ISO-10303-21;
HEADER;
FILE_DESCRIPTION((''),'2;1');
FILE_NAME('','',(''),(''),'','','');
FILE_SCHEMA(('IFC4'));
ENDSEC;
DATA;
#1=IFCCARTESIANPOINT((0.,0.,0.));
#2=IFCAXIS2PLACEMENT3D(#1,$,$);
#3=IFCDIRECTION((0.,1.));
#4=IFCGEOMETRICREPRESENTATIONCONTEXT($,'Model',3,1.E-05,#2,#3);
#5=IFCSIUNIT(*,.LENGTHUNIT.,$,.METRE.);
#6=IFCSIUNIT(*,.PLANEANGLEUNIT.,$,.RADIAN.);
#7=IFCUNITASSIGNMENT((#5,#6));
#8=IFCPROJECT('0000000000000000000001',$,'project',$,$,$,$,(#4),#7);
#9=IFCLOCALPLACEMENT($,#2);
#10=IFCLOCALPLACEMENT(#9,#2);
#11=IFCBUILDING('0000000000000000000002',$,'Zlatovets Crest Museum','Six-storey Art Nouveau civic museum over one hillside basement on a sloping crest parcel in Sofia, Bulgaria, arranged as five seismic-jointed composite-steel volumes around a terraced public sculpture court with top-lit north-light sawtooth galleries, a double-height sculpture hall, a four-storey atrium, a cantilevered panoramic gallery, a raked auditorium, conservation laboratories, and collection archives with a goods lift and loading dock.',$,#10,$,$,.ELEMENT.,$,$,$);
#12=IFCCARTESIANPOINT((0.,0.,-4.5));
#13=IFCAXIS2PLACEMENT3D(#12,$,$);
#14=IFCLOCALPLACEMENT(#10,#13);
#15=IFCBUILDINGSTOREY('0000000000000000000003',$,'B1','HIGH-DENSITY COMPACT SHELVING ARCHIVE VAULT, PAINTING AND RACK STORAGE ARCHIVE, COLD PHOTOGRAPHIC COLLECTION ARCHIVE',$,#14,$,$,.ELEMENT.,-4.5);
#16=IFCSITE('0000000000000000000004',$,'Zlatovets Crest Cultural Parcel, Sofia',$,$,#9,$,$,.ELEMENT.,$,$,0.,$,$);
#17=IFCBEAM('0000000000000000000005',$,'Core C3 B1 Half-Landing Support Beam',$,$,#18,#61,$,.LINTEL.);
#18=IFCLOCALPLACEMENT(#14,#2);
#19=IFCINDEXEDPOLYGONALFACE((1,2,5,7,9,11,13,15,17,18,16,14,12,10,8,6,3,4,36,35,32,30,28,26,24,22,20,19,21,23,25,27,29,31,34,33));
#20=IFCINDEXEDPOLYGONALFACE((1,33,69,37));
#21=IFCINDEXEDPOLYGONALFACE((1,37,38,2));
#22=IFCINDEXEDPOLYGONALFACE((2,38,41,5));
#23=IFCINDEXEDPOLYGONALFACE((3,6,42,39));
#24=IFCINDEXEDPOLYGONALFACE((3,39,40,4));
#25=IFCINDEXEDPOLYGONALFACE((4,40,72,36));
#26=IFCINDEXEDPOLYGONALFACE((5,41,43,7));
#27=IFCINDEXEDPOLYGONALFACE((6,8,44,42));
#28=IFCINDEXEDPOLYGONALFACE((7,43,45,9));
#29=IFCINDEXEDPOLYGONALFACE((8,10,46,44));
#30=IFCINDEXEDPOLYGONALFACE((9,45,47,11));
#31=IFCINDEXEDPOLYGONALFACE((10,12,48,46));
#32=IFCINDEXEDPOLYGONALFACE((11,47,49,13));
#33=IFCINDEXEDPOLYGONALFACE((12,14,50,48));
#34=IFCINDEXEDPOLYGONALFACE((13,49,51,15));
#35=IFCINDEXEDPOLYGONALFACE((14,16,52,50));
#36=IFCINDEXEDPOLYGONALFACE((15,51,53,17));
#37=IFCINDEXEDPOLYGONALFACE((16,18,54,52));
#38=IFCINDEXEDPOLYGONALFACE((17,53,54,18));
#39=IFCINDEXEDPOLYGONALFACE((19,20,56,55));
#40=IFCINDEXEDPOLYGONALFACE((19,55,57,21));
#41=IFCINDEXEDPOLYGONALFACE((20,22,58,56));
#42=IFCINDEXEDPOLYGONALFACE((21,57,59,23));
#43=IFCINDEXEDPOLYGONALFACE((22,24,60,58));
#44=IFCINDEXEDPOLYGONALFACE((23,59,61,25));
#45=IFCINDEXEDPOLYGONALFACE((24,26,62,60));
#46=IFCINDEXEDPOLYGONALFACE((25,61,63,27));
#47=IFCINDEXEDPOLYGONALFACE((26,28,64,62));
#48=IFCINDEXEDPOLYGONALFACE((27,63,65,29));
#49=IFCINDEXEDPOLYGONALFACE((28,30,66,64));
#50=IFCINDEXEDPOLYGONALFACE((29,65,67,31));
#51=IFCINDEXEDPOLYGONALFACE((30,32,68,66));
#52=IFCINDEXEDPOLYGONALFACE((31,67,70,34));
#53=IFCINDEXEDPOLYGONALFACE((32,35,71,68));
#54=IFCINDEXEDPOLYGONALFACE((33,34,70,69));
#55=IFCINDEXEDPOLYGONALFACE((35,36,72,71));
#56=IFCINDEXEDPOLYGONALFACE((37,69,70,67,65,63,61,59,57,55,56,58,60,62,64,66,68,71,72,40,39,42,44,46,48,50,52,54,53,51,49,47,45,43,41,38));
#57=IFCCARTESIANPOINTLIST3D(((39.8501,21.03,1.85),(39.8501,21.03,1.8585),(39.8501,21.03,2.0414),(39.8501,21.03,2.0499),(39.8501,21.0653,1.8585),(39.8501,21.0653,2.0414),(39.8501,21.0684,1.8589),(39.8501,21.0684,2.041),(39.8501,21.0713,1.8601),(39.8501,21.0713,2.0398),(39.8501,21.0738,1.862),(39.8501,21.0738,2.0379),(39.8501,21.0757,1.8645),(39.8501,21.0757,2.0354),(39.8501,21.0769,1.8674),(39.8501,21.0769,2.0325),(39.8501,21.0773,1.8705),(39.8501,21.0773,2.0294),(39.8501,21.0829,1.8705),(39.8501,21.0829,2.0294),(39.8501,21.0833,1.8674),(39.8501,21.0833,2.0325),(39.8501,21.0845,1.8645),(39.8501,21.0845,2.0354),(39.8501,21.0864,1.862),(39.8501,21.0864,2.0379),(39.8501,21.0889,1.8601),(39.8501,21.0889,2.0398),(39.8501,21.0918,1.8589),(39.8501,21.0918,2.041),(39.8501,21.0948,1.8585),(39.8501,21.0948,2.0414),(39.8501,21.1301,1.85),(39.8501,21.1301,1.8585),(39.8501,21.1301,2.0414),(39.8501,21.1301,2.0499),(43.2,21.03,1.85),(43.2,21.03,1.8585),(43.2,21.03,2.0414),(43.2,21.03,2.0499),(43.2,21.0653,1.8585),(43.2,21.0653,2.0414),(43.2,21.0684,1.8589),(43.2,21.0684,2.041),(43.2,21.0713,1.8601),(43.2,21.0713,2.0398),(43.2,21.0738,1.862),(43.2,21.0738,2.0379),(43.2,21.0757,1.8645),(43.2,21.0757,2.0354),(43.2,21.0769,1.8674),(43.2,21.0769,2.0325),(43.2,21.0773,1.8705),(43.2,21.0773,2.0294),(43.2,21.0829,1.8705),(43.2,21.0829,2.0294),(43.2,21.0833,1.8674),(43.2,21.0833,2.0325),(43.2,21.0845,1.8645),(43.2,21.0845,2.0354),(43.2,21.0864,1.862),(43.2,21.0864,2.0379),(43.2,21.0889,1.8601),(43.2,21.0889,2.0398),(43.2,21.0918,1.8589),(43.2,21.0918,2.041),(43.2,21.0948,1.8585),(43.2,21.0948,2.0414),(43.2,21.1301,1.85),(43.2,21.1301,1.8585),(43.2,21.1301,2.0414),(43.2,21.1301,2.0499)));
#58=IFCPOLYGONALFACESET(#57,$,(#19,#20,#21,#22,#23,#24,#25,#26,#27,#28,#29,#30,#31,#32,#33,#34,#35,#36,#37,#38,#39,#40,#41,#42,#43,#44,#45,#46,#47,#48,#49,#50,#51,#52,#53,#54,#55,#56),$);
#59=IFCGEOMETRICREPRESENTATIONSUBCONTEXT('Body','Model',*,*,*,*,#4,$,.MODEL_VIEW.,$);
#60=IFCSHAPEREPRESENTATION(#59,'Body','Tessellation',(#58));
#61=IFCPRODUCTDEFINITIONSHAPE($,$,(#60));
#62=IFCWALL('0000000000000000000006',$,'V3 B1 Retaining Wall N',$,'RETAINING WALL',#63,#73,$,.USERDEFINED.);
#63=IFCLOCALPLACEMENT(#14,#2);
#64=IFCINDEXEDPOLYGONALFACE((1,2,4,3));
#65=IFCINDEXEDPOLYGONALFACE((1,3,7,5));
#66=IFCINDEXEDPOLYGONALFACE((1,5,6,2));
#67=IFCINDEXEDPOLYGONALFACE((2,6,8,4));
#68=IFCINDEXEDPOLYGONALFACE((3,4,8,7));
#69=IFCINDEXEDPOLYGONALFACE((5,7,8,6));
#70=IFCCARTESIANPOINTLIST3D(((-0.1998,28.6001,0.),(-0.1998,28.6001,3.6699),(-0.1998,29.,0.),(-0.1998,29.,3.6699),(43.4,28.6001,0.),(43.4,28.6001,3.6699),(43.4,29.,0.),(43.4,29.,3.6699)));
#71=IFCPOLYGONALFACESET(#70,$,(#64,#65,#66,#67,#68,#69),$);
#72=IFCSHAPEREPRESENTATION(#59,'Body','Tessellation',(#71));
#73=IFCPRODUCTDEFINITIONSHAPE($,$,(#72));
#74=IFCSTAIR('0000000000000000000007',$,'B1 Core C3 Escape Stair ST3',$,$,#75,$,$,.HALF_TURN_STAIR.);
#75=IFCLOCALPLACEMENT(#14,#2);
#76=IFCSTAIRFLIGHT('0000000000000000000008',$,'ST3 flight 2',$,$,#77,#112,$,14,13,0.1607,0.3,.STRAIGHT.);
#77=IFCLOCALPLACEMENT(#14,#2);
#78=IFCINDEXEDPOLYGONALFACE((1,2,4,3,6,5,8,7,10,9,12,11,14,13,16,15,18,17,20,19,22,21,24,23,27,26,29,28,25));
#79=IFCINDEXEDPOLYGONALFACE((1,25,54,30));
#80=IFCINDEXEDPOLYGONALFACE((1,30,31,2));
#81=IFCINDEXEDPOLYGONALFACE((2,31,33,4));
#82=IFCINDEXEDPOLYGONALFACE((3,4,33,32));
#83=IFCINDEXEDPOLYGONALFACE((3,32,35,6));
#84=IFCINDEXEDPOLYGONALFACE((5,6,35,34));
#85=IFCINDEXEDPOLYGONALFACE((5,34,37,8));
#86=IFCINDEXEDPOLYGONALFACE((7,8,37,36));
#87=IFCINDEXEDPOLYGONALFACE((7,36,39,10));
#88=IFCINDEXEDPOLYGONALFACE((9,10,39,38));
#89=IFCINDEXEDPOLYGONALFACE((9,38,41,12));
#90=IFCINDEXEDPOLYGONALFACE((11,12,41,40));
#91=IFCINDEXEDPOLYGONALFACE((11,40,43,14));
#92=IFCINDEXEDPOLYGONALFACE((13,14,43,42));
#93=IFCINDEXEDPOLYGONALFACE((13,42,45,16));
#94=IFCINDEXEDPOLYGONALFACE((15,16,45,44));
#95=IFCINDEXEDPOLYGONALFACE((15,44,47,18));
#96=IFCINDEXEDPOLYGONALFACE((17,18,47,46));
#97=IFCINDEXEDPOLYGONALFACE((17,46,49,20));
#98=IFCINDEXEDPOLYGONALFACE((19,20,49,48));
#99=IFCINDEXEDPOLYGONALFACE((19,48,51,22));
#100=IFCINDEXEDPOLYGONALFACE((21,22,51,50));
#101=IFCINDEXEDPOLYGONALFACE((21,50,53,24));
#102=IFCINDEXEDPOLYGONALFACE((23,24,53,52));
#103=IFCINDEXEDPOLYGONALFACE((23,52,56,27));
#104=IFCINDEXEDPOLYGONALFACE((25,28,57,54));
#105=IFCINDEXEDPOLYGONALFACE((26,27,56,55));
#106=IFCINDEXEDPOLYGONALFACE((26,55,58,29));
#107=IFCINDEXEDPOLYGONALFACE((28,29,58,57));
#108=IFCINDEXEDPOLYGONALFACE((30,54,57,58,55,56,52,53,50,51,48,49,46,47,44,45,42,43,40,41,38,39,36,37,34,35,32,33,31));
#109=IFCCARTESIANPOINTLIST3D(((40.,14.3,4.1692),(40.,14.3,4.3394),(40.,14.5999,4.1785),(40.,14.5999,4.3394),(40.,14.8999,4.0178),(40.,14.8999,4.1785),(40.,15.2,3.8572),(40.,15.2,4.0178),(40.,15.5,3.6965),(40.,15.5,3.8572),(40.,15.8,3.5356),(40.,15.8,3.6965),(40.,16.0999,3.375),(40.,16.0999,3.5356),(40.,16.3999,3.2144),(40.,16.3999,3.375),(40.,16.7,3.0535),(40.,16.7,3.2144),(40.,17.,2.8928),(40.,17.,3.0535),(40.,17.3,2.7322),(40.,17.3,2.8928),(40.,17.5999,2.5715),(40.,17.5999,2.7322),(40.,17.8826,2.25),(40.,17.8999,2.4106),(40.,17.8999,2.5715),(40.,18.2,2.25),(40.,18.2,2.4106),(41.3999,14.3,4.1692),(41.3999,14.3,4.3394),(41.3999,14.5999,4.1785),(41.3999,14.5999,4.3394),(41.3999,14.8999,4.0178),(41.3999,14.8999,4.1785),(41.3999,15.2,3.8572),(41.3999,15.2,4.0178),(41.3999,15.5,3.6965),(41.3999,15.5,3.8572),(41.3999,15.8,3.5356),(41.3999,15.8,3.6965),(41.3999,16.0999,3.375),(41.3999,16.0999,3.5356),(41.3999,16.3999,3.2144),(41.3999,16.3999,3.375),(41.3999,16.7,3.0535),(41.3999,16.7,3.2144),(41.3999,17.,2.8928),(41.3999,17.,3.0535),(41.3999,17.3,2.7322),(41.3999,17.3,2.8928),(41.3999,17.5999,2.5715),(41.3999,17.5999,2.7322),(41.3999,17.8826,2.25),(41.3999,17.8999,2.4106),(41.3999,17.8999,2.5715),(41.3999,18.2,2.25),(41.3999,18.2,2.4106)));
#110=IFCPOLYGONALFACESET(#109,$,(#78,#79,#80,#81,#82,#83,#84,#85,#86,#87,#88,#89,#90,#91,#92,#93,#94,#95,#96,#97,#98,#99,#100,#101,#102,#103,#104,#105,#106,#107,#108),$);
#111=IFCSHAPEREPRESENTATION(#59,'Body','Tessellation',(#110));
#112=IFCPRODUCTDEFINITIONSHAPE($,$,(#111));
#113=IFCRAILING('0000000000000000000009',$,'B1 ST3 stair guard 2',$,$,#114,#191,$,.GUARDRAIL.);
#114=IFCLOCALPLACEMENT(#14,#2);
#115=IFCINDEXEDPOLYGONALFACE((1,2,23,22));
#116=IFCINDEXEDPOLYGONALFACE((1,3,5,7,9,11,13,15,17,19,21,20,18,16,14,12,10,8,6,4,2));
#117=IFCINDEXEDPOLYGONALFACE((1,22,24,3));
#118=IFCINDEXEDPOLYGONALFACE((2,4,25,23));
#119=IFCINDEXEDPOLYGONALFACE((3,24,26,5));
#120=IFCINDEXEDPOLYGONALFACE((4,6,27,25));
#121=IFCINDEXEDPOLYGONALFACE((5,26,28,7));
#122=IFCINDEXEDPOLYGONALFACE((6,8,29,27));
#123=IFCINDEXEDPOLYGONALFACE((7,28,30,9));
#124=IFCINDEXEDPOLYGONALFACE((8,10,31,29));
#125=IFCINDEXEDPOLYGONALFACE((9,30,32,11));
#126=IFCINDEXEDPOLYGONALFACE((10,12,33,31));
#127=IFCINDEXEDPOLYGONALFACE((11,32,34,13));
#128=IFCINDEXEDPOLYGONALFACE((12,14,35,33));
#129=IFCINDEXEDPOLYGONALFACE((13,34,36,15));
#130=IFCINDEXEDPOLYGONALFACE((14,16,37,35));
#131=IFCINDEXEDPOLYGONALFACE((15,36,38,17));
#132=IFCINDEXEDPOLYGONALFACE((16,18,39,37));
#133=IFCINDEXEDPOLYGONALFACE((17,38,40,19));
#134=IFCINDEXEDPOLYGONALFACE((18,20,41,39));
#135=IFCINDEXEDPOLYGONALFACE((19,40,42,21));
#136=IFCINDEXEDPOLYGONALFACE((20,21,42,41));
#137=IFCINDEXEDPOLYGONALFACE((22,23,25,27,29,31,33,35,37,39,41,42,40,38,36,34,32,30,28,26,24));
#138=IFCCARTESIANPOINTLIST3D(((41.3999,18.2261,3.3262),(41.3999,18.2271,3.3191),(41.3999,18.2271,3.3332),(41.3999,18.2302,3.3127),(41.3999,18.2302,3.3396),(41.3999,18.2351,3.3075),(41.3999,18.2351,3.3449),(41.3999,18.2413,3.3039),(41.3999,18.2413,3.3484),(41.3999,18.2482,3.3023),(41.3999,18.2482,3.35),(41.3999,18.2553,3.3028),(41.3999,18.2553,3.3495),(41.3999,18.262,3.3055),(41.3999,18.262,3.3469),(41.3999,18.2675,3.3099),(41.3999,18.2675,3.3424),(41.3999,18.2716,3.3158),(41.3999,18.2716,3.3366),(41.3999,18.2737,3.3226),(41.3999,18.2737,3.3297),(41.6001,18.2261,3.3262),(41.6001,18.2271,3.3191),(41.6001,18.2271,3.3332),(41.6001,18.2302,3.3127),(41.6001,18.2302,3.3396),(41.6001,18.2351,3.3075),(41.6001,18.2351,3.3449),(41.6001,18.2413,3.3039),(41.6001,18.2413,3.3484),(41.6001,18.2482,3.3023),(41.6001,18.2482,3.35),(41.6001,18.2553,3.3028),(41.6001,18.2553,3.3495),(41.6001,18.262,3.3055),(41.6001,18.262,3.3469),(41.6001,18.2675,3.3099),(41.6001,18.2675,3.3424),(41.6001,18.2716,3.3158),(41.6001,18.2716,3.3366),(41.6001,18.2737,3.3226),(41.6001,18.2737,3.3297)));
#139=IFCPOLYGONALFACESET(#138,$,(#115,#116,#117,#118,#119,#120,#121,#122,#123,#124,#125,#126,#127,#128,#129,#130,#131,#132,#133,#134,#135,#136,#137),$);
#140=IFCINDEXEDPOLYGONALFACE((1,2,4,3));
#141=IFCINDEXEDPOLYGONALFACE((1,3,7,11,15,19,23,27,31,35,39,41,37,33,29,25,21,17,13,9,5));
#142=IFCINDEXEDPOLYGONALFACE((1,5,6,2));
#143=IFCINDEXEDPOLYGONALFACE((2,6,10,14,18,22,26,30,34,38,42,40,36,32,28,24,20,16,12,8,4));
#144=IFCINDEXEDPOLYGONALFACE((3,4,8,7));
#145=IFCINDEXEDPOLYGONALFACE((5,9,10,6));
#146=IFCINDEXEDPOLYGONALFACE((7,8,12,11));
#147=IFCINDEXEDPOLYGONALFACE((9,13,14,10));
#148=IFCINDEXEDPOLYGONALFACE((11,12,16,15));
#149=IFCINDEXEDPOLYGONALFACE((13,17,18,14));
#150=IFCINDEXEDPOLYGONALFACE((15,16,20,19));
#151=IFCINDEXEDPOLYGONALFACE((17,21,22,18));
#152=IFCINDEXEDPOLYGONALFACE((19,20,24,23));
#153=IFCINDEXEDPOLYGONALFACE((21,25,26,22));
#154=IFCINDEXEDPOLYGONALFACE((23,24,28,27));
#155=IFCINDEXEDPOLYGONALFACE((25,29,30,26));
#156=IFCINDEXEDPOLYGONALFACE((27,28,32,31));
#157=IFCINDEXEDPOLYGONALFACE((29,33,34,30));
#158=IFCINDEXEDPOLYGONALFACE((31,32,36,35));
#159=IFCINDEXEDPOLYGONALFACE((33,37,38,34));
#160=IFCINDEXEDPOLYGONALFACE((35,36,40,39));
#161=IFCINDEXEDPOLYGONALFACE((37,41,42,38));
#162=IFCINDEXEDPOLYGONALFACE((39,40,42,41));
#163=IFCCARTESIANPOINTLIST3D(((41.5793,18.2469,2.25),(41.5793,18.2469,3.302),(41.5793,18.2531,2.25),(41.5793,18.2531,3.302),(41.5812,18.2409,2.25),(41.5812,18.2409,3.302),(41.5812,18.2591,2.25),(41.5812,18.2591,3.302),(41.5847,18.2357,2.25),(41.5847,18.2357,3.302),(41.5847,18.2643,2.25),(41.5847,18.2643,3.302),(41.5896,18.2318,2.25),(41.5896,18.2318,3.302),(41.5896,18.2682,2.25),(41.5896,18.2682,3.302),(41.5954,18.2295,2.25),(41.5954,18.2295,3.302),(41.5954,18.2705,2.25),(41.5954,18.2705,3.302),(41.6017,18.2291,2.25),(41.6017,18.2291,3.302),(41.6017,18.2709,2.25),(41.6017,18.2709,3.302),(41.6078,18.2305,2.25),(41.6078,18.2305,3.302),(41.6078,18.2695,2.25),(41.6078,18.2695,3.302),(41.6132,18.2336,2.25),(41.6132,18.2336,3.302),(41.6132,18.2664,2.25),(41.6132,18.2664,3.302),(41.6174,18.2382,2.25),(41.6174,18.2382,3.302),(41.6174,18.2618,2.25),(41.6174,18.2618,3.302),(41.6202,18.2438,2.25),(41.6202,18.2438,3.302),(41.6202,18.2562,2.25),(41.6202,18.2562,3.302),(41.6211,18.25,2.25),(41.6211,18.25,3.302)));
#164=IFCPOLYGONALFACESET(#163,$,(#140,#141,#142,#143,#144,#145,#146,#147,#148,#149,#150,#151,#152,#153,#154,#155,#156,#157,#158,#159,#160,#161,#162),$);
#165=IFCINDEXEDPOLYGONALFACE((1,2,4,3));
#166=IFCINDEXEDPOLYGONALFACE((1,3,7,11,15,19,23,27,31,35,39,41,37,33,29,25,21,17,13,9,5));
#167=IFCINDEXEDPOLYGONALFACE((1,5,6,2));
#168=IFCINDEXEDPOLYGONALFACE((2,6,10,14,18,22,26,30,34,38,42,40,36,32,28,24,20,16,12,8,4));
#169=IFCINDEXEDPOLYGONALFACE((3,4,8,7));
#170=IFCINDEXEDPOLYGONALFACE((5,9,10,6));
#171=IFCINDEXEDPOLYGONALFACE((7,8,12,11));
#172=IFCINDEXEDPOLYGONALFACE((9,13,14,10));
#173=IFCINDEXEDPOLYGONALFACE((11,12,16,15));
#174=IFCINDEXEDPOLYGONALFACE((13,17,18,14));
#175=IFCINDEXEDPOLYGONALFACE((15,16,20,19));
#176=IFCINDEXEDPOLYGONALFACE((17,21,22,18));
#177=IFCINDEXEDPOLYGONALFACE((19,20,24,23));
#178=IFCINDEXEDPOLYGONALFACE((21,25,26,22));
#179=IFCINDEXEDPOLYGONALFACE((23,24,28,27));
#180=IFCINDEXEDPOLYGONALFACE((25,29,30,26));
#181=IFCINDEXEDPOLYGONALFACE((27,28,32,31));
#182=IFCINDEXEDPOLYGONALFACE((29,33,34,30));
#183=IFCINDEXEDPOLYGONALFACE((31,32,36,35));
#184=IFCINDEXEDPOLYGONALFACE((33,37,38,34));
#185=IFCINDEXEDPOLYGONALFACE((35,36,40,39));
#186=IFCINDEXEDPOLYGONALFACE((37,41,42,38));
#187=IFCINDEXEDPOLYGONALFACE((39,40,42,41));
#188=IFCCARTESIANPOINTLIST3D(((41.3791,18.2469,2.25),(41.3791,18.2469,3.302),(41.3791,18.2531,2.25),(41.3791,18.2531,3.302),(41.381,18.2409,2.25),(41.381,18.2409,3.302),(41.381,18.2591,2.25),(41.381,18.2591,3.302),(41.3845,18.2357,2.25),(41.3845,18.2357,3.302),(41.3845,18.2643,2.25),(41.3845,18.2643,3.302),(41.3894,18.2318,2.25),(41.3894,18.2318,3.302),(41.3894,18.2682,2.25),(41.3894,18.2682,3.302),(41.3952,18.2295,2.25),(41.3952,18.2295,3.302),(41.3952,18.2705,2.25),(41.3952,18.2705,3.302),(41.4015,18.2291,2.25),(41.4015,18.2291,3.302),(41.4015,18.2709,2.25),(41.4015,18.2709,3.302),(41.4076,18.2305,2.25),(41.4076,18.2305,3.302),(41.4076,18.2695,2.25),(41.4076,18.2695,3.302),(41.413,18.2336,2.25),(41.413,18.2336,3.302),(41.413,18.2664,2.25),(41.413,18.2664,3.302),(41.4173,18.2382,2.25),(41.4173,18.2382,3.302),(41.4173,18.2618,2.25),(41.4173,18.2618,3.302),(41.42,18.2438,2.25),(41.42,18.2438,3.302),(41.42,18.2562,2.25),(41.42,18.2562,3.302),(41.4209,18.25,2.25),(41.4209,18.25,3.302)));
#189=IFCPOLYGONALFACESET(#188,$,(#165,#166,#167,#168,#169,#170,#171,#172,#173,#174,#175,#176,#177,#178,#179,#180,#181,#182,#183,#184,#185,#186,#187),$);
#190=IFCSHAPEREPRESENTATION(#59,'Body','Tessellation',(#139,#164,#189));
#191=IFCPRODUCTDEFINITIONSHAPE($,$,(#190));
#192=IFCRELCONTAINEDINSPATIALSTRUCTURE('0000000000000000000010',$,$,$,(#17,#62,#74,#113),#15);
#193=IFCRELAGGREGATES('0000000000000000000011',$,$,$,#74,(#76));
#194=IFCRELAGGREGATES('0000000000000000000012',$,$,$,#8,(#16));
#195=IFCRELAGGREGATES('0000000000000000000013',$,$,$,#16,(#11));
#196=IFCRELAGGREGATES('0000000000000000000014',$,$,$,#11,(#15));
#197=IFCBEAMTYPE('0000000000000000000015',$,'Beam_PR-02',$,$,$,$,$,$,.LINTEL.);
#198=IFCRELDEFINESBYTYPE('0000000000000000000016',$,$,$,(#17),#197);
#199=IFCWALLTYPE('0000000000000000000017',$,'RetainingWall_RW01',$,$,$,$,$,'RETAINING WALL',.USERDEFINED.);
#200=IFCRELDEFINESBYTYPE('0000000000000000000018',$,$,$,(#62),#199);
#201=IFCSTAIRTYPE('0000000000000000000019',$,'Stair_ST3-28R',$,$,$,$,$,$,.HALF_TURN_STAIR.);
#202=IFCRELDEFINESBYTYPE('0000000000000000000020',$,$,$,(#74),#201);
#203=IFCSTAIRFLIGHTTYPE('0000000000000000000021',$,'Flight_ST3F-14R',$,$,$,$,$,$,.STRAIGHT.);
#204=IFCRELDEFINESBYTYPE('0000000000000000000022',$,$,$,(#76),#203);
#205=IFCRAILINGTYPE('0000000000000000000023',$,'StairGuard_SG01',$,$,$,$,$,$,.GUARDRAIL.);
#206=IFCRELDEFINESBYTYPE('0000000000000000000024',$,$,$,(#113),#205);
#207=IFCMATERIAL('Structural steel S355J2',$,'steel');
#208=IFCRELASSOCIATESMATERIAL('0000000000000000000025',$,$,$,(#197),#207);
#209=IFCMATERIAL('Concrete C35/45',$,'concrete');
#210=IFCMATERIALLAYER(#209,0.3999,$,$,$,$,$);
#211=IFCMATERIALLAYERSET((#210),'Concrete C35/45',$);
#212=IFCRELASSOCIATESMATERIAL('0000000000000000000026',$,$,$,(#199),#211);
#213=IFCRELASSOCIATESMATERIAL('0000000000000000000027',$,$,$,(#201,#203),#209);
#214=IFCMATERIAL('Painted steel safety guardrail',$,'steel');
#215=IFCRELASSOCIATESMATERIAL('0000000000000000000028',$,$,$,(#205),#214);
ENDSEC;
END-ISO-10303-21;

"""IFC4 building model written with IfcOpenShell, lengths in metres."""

from ifc_helpers import new_model, si_unit, direction, frame, frame_2d, origin, origin_2d, place, context, subcontext, project, spatial, polyline, rectangle, circle, i_section, outline, extrude, material, layer, layer_set, material_profile, profile_set, type_object, element, aggregate, save


model = new_model("IFC4")

# Units and contexts
model_context = context("Model", 3, precision=1e-05, world=origin(), true_north=direction((0.0, 1.0)))
body_context = subcontext(model_context, "Body", "Model", "MODEL_VIEW")
ifc_project = project(units=[si_unit("LENGTHUNIT", "METRE"), si_unit("PLANEANGLEUNIT", "RADIAN")], contexts=[model_context])

# Site, building, storey
site_placement = place(None, origin())
site = spatial("IfcSite", under=ifc_project, at=site_placement, Name="Zlatovets Crest Cultural Parcel, Sofia", CompositionType="ELEMENT", RefElevation=0.0)
building_placement = place(site_placement, origin())
building = spatial("IfcBuilding", under=site, at=building_placement, Name="Zlatovets Crest Museum", Description="Six-storey Art Nouveau civic museum over one hillside basement on a sloping crest parcel in Sofia, Bulgaria, arranged as five seismic-jointed composite-steel volumes around a terraced public sculpture court with top-lit north-light sawtooth galleries, a double-height sculpture hall, a four-storey atrium, a cantilevered panoramic gallery, a raked auditorium, conservation laboratories, and collection archives with a goods lift and loading dock.", CompositionType="ELEMENT")
storey_placement = place(building_placement, frame((0.0, 0.0, -4.5)))
storey = spatial("IfcBuildingStorey", under=building, at=storey_placement, Name="B1", Description="HIGH-DENSITY COMPACT SHELVING ARCHIVE VAULT, PAINTING AND RACK STORAGE ARCHIVE, COLD PHOTOGRAPHIC COLLECTION ARCHIVE", CompositionType="ELEMENT", Elevation=-4.5)

# Shared definitions
ifc_material_1 = material(Name="Concrete C35/45", Category="concrete")

# Beam
ifc_material_2 = material(Name="Structural steel S355J2", Category="steel")
ifc_material_profile_1 = material_profile(ifc_material_2, i_section(OverallWidth=0.1001, OverallDepth=0.2, WebThickness=0.0056, FlangeThickness=0.0085, FilletRadius=0.012, at=origin_2d()), Name="IPE 200")
ifc_profile_set_1 = profile_set([ifc_material_profile_1], Name="Structural steel S355J2")
beam_type = type_object("IfcBeamType", Name="Beam_PR-02", PredefinedType="LINTEL", material=ifc_profile_set_1)
for number, where, z_axis, x_axis, name in (
    (1, (39.8501, 21.0801, 1.95), (1.0, 0.0, 0.0), (0.0, 1.0, 0.0), "Core C3 B1 Half-Landing Support Beam"),
):
    element("IfcBeam", number, at=place(storey_placement, frame(where, z_axis=z_axis, x_axis=x_axis)), inside=storey, type_object=beam_type, Name=name, PredefinedType="LINTEL", context=body_context, shape_type="SweptSolid", body=[
        extrude(i_section(OverallWidth=0.1001, OverallDepth=0.2, WebThickness=0.0056, FlangeThickness=0.0085, FilletRadius=0.012, at=origin_2d()), origin(), (0.0, 0.0, 1.0), 3.3499),
    ])

# Wall
ifc_layer = layer(ifc_material_1, 0.3999)
ifc_layer_set = layer_set([ifc_layer], Name="Concrete C35/45")
wall_type = type_object("IfcWallType", Name="RetainingWall_RW01", ElementType="RETAINING WALL", PredefinedType="USERDEFINED", material=ifc_layer_set)
wall_placement = place(storey_placement, frame((43.3999, 28.8, 0.0), z_axis=(0.0, 0.0, 1.0), x_axis=(-1.0, 0.0, 0.0)))
element("IfcWall", 2, at=wall_placement, inside=storey, type_object=wall_type, Name="V3 B1 Retaining Wall N", ObjectType="RETAINING WALL", PredefinedType="USERDEFINED", context=body_context, shape_type="SweptSolid", body=[
    extrude(rectangle(XDim=43.5999, YDim=0.3999, at=frame_2d((21.7998, 0.0))), origin(), (0.0, 0.0, 1.0), 3.6699),
])

# Stair, stair flight
stair_type = type_object("IfcStairType", Name="Stair_ST3-28R", PredefinedType="HALF_TURN_STAIR", material=ifc_material_1)
stair_placement = place(storey_placement, origin())
stair = element("IfcStair", 3, at=stair_placement, inside=storey, type_object=stair_type, Name="B1 Core C3 Escape Stair ST3", PredefinedType="HALF_TURN_STAIR")
stair_flight_type = type_object("IfcStairFlightType", Name="Flight_ST3F-14R", PredefinedType="STRAIGHT", material=ifc_material_1)
stair_flight_placement = place(storey_placement, frame((40.7, 18.2, 2.25), z_axis=(0.0, 0.0, 1.0), x_axis=(0.0, -1.0, 0.0)))
stair_flight = element("IfcStairFlight", 4, at=stair_flight_placement, type_object=stair_flight_type, Name="ST3 flight 2", NumberOfRisers=14, NumberOfTreads=13, PredefinedType="STRAIGHT", RiserHeight=0.1607, TreadLength=0.3, context=body_context, shape_type="SweptSolid", body=[
    extrude(outline(polyline([(0.0, 0.0), (0.0, 0.1606), (0.3, 0.1606), (0.3, 0.3215), (0.6001, 0.3215), (0.6001, 0.4822), (0.8999, 0.4822), (0.8999, 0.6428), (1.2, 0.6428), (1.2, 0.8035), (1.5, 0.8035), (1.5, 0.9644), (1.8, 0.9644), (1.8, 1.125), (2.1001, 1.125), (2.1001, 1.2856), (2.3999, 1.2856), (2.3999, 1.4465), (2.7, 1.4465), (2.7, 1.6072), (3.0, 1.6072), (3.0, 1.7678), (3.3, 1.7678), (3.3, 1.9285), (3.6001, 1.9285), (3.6001, 2.0894), (3.8999, 2.0894), (3.8999, 2.25), (3.8999, 1.9192), (0.3174, 0.0), (0.0, 0.0)])), frame((0.0, 0.7, 0.0), z_axis=(0.0, -1.0, 0.0), x_axis=(1.0, 0.0, 0.0)), (0.0, 0.0, 1.0), 1.3999),
])
aggregate(stair, [stair_flight])

# Railing
ifc_material_3 = material(Name="Painted steel safety guardrail", Category="steel")
railing_type_1 = type_object("IfcRailingType", Name="StairGuard_SG01", PredefinedType="GUARDRAIL", material=ifc_material_3)
railing_1_placement = place(storey_placement, frame((41.6001, 18.25, 2.25)))
element("IfcRailing", 5, at=railing_1_placement, inside=storey, type_object=railing_type_1, Name="B1 ST3 stair guard 2", PredefinedType="GUARDRAIL", context=body_context, shape_type="SweptSolid", body=[
    extrude(circle(Radius=0.0239, at=origin_2d()), frame((0.0, 0.0, 1.0762), z_axis=(-1.0, 0.0, 0.0), x_axis=(0.0, -1.0, 0.0)), (0.0, 0.0, 1.0), 0.2002),
    extrude(circle(Radius=0.021, at=origin_2d()), origin(), (0.0, 0.0, 1.0), 1.052),
    extrude(circle(Radius=0.021, at=origin_2d()), frame((-0.2002, 0.0, 0.0)), (0.0, 0.0, 1.0), 1.052),
])

save(model, "model.ifc")
